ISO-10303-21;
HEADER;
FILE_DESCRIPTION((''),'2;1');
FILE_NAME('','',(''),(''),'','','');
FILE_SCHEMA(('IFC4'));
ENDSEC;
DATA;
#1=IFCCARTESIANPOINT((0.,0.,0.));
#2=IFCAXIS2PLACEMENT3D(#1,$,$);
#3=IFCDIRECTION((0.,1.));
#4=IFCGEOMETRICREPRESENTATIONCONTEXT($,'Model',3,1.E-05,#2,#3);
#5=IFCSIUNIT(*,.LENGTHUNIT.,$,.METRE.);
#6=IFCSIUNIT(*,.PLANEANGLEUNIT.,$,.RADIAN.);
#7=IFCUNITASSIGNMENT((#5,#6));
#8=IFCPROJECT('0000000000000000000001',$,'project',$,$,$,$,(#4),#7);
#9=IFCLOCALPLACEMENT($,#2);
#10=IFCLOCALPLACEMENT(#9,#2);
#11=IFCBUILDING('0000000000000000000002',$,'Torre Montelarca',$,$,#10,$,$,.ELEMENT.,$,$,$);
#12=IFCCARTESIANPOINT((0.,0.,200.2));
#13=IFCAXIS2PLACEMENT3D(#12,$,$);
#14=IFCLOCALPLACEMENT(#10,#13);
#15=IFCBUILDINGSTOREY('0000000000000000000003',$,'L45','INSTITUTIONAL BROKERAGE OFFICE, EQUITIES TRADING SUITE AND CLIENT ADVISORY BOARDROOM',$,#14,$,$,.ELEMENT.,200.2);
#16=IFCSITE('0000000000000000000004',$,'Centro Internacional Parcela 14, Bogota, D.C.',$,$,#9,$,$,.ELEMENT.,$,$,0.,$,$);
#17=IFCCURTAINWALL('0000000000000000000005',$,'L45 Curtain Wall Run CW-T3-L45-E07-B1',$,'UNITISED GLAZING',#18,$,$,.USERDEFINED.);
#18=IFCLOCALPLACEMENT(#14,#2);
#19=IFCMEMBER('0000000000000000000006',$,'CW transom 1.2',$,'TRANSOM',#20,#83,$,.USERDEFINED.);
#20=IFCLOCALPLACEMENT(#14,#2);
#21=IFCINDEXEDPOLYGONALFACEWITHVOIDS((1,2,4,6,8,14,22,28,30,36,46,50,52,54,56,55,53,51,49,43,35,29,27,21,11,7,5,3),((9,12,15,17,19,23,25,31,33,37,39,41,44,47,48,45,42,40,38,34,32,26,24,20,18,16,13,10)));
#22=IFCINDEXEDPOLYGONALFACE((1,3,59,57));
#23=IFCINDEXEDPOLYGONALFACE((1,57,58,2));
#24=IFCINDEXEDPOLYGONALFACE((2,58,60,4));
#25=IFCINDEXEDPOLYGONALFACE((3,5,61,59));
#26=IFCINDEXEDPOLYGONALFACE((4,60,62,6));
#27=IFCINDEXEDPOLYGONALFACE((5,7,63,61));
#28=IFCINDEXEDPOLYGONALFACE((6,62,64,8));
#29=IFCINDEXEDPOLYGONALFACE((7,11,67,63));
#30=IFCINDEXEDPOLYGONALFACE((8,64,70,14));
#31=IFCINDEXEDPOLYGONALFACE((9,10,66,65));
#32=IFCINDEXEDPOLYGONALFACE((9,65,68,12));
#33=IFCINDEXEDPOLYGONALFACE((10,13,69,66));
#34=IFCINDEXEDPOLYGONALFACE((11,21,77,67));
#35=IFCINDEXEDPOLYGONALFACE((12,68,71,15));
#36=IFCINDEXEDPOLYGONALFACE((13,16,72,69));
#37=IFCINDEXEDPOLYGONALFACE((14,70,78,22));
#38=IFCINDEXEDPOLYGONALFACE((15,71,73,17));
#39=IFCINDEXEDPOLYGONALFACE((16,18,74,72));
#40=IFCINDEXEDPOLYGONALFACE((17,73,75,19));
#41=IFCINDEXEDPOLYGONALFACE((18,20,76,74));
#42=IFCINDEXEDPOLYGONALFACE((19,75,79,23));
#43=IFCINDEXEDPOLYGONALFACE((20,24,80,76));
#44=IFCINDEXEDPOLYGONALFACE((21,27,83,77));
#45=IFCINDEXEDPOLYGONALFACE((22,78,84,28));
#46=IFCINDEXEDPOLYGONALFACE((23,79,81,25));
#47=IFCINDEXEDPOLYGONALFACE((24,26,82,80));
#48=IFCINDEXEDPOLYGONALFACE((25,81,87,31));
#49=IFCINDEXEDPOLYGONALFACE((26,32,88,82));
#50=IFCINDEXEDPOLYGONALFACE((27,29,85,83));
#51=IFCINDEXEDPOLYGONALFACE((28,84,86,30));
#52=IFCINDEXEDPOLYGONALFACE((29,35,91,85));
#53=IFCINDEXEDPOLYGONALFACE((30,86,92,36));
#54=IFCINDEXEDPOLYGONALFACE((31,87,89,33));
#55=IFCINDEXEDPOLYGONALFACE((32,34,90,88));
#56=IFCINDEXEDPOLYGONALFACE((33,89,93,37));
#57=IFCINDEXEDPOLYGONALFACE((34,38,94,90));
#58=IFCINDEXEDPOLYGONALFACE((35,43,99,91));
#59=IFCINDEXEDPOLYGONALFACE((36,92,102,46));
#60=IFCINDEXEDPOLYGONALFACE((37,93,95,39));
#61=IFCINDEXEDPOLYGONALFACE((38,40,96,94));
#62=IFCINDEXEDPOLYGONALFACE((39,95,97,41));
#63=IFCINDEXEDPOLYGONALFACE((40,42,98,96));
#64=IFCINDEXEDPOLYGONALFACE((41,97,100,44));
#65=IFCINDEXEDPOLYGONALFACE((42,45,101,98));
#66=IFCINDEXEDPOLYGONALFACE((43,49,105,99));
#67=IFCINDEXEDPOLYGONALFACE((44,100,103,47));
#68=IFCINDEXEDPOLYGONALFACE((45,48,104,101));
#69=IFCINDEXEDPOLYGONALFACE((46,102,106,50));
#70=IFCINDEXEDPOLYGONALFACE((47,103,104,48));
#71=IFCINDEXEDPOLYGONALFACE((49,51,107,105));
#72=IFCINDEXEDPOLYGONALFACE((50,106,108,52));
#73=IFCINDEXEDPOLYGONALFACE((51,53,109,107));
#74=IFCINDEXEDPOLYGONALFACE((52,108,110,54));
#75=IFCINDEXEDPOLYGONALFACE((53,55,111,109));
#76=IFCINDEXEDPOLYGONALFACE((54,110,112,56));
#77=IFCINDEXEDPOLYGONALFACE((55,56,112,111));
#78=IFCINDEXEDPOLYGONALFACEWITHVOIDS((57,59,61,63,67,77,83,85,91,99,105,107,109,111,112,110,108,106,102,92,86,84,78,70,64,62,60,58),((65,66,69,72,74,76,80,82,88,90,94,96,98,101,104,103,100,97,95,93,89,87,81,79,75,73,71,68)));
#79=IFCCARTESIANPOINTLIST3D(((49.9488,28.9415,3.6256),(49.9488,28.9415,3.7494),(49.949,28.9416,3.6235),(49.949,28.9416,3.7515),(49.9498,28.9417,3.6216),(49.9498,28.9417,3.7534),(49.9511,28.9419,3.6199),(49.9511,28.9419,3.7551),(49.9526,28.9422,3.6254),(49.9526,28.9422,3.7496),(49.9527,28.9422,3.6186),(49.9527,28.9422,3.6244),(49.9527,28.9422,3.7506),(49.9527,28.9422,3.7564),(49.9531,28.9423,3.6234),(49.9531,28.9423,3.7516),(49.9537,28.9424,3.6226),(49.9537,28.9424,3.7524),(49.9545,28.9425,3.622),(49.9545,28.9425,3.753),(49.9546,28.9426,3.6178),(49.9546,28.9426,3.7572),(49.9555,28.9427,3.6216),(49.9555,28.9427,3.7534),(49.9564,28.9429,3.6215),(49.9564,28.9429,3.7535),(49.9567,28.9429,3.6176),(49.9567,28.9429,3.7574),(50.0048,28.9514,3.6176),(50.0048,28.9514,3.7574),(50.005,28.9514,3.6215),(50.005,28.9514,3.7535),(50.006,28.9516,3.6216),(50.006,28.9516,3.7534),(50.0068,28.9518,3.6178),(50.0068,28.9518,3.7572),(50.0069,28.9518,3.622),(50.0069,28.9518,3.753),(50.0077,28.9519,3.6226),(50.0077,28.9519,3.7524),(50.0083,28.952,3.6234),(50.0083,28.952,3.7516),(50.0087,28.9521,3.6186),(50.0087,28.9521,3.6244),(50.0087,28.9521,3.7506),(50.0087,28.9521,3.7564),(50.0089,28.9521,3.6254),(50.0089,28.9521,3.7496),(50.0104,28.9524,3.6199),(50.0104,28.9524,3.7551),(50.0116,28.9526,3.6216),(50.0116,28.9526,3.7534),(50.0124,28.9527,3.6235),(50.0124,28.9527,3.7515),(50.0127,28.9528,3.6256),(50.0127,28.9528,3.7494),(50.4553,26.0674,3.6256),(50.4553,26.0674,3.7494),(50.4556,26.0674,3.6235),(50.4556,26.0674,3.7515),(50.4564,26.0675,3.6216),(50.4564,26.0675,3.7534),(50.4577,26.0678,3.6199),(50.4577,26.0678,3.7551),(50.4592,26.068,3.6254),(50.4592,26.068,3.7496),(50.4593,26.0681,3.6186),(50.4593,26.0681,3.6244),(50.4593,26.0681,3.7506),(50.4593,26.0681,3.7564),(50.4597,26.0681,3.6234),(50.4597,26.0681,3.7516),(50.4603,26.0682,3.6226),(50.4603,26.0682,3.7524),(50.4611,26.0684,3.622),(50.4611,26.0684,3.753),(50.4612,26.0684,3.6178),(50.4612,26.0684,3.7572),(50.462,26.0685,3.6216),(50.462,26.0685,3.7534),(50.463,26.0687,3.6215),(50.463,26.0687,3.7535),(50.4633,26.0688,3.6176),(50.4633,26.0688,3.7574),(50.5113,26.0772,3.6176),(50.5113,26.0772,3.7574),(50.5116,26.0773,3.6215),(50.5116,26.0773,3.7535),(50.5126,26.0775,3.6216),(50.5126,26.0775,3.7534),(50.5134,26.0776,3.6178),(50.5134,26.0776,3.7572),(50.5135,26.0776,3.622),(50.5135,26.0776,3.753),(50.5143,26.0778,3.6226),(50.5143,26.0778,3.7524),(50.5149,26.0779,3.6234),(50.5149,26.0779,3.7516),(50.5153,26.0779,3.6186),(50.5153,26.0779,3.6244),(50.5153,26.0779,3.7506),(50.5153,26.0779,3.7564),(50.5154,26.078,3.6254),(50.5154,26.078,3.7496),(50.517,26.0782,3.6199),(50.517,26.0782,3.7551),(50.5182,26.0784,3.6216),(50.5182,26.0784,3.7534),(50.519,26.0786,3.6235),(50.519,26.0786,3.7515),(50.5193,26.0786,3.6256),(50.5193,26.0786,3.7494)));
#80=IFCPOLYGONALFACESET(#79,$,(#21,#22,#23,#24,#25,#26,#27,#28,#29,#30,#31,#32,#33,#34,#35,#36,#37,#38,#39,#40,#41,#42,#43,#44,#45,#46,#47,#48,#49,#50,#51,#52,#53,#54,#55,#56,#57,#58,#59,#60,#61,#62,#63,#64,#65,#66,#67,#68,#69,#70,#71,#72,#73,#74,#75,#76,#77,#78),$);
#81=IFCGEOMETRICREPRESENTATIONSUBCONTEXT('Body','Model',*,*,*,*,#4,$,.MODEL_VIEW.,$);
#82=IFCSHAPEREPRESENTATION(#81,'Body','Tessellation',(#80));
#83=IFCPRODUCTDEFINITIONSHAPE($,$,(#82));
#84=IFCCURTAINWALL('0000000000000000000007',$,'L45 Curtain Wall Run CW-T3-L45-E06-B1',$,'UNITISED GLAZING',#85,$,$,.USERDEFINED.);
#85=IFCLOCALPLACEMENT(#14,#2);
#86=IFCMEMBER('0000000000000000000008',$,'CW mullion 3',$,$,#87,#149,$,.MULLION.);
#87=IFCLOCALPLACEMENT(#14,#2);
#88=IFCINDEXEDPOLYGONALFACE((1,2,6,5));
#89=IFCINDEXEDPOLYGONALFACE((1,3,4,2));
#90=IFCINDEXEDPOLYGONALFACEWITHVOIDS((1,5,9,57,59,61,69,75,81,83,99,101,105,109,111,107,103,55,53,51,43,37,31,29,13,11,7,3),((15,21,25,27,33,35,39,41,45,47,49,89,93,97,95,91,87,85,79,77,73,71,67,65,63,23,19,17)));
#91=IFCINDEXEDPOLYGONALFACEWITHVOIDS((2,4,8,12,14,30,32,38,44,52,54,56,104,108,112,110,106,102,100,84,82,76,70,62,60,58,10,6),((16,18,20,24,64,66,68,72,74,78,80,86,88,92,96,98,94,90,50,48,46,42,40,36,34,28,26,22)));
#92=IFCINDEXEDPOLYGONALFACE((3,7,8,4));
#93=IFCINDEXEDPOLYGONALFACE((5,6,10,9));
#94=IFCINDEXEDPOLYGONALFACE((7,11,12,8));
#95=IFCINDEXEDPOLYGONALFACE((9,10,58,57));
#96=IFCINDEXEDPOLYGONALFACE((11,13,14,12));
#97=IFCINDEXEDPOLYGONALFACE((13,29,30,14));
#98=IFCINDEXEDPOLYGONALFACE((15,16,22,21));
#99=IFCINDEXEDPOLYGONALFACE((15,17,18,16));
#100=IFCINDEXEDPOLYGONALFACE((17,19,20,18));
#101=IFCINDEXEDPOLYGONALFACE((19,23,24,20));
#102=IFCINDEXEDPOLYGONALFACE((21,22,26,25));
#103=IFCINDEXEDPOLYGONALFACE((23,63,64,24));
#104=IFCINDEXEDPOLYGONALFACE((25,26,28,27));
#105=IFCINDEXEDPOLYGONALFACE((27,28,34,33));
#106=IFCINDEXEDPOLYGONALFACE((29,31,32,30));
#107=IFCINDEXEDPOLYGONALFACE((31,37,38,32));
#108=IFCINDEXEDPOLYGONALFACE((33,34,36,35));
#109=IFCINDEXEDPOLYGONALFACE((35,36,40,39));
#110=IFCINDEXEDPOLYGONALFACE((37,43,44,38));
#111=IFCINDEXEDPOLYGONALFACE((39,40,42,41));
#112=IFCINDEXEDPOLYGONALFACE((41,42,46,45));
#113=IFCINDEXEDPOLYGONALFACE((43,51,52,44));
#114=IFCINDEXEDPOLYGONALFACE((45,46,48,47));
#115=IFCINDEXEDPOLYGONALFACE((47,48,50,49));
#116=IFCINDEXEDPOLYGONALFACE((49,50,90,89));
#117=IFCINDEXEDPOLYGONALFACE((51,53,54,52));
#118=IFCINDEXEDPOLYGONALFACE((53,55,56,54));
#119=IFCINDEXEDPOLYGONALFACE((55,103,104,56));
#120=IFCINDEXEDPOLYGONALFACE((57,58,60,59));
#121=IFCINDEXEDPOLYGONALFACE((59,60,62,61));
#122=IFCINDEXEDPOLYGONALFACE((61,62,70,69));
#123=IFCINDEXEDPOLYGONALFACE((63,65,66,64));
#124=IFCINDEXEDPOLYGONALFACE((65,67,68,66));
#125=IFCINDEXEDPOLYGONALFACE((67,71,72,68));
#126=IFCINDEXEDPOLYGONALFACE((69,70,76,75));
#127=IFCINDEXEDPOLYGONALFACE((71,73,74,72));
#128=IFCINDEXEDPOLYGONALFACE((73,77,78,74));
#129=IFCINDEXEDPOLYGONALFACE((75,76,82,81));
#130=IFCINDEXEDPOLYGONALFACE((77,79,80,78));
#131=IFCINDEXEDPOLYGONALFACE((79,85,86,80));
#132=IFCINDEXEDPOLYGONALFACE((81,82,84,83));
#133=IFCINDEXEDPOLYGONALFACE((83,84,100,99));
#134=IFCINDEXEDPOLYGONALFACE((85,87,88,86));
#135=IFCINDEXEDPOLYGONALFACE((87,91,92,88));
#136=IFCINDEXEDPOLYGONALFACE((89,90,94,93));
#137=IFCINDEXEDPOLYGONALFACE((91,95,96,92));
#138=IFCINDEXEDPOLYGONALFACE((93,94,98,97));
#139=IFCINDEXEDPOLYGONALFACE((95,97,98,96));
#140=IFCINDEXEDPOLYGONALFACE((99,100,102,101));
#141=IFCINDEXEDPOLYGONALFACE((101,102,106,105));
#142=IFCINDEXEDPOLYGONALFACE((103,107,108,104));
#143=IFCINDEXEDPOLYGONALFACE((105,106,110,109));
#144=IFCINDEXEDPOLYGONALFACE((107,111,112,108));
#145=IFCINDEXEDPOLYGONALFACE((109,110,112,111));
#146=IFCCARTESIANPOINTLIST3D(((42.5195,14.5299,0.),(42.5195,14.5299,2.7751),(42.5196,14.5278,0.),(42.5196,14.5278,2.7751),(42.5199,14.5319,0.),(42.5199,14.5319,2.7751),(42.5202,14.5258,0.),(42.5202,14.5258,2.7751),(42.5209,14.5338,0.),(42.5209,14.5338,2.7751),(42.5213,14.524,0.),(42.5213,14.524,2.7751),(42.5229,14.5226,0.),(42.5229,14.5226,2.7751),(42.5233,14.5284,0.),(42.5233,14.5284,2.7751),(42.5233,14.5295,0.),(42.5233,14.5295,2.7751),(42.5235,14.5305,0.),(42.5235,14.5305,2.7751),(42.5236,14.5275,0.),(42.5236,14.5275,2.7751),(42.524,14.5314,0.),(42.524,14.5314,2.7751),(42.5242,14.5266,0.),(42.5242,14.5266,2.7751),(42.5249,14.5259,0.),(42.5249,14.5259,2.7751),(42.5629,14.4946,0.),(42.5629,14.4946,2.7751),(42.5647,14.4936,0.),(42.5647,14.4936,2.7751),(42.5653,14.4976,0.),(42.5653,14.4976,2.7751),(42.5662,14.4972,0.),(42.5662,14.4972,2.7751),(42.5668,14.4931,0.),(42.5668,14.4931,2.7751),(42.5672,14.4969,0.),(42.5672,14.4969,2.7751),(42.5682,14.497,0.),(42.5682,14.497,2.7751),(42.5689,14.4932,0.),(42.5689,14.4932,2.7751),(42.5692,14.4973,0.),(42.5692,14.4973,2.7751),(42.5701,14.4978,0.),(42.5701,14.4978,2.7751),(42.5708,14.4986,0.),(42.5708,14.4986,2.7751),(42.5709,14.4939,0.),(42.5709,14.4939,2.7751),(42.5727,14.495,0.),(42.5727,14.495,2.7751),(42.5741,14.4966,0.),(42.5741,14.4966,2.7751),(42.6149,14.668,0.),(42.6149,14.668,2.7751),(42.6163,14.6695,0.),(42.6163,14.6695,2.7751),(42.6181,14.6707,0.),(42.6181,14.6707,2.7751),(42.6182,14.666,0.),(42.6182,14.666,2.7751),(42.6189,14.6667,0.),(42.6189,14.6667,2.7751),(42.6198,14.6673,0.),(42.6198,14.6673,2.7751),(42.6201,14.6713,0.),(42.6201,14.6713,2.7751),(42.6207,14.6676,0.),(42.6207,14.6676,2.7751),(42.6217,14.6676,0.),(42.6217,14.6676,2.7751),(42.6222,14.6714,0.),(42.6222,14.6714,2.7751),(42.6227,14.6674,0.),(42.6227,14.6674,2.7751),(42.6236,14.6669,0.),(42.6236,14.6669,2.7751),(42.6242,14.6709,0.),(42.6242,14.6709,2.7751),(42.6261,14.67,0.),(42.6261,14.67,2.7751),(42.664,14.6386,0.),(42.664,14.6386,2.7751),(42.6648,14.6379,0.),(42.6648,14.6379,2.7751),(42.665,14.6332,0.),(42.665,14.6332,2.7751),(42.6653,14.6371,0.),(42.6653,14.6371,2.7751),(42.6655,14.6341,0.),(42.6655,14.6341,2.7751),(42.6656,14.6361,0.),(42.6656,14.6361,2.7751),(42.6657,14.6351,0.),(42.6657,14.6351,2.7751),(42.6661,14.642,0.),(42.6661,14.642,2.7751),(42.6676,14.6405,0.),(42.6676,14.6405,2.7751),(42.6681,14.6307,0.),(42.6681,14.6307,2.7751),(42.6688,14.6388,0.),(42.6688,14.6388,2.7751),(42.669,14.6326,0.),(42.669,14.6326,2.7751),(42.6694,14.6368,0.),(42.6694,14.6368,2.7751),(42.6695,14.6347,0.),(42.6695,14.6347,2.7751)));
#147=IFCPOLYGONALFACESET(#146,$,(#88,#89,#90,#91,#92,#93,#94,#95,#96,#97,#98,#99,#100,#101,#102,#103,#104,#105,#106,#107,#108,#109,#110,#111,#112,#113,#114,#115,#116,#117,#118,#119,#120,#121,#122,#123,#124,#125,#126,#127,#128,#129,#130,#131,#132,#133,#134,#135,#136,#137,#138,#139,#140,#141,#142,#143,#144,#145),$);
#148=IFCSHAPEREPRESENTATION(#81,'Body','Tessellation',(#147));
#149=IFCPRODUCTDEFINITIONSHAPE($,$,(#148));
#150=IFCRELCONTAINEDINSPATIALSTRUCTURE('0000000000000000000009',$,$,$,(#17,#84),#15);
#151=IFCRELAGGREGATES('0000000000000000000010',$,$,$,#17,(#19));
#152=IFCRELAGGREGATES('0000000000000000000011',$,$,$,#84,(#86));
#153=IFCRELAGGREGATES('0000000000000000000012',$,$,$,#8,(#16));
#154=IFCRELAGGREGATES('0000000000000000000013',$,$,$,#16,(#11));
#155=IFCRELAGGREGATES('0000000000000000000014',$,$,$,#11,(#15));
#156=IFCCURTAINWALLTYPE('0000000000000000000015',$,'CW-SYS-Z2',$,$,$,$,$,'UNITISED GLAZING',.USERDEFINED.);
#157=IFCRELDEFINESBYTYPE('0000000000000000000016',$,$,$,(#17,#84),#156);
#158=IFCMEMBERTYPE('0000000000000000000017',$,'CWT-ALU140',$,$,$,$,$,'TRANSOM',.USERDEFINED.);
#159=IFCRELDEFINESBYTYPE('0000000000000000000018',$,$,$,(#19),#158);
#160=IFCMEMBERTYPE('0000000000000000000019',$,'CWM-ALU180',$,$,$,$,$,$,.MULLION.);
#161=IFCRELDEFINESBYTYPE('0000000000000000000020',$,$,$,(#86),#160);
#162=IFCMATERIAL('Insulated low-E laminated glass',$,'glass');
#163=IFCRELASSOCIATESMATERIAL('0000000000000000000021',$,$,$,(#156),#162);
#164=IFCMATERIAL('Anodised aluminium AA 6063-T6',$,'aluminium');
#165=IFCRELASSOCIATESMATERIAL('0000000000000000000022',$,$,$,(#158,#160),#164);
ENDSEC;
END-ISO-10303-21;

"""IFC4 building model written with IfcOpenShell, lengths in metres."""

from ifc_helpers import new_model, si_unit, direction, frame, origin, origin_2d, place, context, subcontext, project, spatial, hollow_rectangle, extrude, source, transform, mapped, material, material_profile, profile_set, type_object, element, aggregate, save


model = new_model("IFC4")

# Units and contexts
model_context = context("Model", 3, precision=1e-05, world=origin(), true_north=direction((0.0, 1.0)))
body_context = subcontext(model_context, "Body", "Model", "MODEL_VIEW")
ifc_project = project(units=[si_unit("LENGTHUNIT", "METRE"), si_unit("PLANEANGLEUNIT", "RADIAN")], contexts=[model_context])

# Site, building, storey
site_placement = place(None, origin())
site = spatial("IfcSite", under=ifc_project, at=site_placement, Name="Centro Internacional Parcela 14, Bogota, D.C.", CompositionType="ELEMENT", RefElevation=0.0)
building_placement = place(site_placement, origin())
building = spatial("IfcBuilding", under=site, at=building_placement, Name="Torre Montelarca", CompositionType="ELEMENT")
storey_placement = place(building_placement, frame((0.0, 0.0, 200.2)))
storey = spatial("IfcBuildingStorey", under=building, at=storey_placement, Name="L45", Description="INSTITUTIONAL BROKERAGE OFFICE, EQUITIES TRADING SUITE AND CLIENT ADVISORY BOARDROOM", CompositionType="ELEMENT", Elevation=200.2)

# Curtain wall, member
ifc_material_1 = material(Name="Insulated low-E laminated glass", Category="glass")
curtain_wall_type = type_object("IfcCurtainWallType", Name="CW-SYS-Z2", ElementType="UNITISED GLAZING", PredefinedType="USERDEFINED", material=ifc_material_1)
curtain_wall_1_placement = place(storey_placement, origin())
curtain_wall_1 = element("IfcCurtainWall", 1, at=curtain_wall_1_placement, inside=storey, type_object=curtain_wall_type, Name="L45 Curtain Wall Run CW-T3-L45-E07-B1", ObjectType="UNITISED GLAZING", PredefinedType="USERDEFINED")
ifc_material_2 = material(Name="Anodised aluminium AA 6063-T6", Category="aluminium")
ifc_material_profile_1 = material_profile(ifc_material_2, hollow_rectangle(XDim=0.0649, YDim=0.1399, WallThickness=0.0039, InnerFilletRadius=0.0039, OuterFilletRadius=0.0081, at=origin_2d()), Name="ALU65X140X4", Category="aluminium")
ifc_profile_set_1 = profile_set([ifc_material_profile_1], Name="Anodised aluminium AA 6063-T6")
member_type_1 = type_object("IfcMemberType", Name="CWT-ALU140", ElementType="TRANSOM", PredefinedType="USERDEFINED", material=ifc_profile_set_1)
shared_shape_1 = source(origin(), body_context, "Body", "SweptSolid", [
    extrude(hollow_rectangle(XDim=0.0649, YDim=0.1399, WallThickness=0.0039, InnerFilletRadius=0.0039, OuterFilletRadius=0.0081, at=origin_2d()), origin(), (0.0, 0.0, 1.0), 2.9185),
])
member_1_placement = place(storey_placement, frame((50.4873, 26.073, 3.6875), z_axis=(-0.173575, 0.984821, 0.0), x_axis=(-0.984821, -0.173575, 0.0)))
member_1 = element("IfcMember", 2, at=member_1_placement, type_object=member_type_1, Name="CW transom 1.2", ObjectType="TRANSOM", PredefinedType="USERDEFINED", context=body_context, shape_type="MappedRepresentation", body=[
    mapped(shared_shape_1, transform((0.0, 0.0, 0.0), scale=1.0)),
])

# Curtain wall, member
curtain_wall_2_placement = place(storey_placement, origin())
curtain_wall_2 = element("IfcCurtainWall", 3, at=curtain_wall_2_placement, inside=storey, type_object=curtain_wall_type, Name="L45 Curtain Wall Run CW-T3-L45-E06-B1", ObjectType="UNITISED GLAZING", PredefinedType="USERDEFINED")
ifc_material_profile_2 = material_profile(ifc_material_2, hollow_rectangle(XDim=0.0649, YDim=0.1799, WallThickness=0.0039, InnerFilletRadius=0.0039, OuterFilletRadius=0.0081, at=origin_2d()), Name="ALU65X180X4", Category="aluminium")
ifc_profile_set_2 = profile_set([ifc_material_profile_2], Name="Anodised aluminium AA 6063-T6")
member_type_2 = type_object("IfcMemberType", Name="CWM-ALU180", PredefinedType="MULLION", material=ifc_profile_set_2)
shared_shape_2 = source(origin(), body_context, "Body", "SweptSolid", [
    extrude(hollow_rectangle(XDim=0.0649, YDim=0.1799, WallThickness=0.0039, InnerFilletRadius=0.0039, OuterFilletRadius=0.0081, at=origin_2d()), origin(), (0.0, 0.0, 1.0), 2.7751),
])
member_2_placement = place(storey_placement, frame((42.5945, 14.5823, 0.0), z_axis=(0.0, 0.0, 1.0), x_axis=(-0.819166, 0.573556, 0.0)))
member_2 = element("IfcMember", 4, at=member_2_placement, type_object=member_type_2, Name="CW mullion 3", PredefinedType="MULLION", context=body_context, shape_type="MappedRepresentation", body=[
    mapped(shared_shape_2, transform((0.0, 0.0, 0.0), scale=1.0)),
])

aggregate(curtain_wall_1, [member_1])

aggregate(curtain_wall_2, [member_2])

save(model, "model.ifc")
